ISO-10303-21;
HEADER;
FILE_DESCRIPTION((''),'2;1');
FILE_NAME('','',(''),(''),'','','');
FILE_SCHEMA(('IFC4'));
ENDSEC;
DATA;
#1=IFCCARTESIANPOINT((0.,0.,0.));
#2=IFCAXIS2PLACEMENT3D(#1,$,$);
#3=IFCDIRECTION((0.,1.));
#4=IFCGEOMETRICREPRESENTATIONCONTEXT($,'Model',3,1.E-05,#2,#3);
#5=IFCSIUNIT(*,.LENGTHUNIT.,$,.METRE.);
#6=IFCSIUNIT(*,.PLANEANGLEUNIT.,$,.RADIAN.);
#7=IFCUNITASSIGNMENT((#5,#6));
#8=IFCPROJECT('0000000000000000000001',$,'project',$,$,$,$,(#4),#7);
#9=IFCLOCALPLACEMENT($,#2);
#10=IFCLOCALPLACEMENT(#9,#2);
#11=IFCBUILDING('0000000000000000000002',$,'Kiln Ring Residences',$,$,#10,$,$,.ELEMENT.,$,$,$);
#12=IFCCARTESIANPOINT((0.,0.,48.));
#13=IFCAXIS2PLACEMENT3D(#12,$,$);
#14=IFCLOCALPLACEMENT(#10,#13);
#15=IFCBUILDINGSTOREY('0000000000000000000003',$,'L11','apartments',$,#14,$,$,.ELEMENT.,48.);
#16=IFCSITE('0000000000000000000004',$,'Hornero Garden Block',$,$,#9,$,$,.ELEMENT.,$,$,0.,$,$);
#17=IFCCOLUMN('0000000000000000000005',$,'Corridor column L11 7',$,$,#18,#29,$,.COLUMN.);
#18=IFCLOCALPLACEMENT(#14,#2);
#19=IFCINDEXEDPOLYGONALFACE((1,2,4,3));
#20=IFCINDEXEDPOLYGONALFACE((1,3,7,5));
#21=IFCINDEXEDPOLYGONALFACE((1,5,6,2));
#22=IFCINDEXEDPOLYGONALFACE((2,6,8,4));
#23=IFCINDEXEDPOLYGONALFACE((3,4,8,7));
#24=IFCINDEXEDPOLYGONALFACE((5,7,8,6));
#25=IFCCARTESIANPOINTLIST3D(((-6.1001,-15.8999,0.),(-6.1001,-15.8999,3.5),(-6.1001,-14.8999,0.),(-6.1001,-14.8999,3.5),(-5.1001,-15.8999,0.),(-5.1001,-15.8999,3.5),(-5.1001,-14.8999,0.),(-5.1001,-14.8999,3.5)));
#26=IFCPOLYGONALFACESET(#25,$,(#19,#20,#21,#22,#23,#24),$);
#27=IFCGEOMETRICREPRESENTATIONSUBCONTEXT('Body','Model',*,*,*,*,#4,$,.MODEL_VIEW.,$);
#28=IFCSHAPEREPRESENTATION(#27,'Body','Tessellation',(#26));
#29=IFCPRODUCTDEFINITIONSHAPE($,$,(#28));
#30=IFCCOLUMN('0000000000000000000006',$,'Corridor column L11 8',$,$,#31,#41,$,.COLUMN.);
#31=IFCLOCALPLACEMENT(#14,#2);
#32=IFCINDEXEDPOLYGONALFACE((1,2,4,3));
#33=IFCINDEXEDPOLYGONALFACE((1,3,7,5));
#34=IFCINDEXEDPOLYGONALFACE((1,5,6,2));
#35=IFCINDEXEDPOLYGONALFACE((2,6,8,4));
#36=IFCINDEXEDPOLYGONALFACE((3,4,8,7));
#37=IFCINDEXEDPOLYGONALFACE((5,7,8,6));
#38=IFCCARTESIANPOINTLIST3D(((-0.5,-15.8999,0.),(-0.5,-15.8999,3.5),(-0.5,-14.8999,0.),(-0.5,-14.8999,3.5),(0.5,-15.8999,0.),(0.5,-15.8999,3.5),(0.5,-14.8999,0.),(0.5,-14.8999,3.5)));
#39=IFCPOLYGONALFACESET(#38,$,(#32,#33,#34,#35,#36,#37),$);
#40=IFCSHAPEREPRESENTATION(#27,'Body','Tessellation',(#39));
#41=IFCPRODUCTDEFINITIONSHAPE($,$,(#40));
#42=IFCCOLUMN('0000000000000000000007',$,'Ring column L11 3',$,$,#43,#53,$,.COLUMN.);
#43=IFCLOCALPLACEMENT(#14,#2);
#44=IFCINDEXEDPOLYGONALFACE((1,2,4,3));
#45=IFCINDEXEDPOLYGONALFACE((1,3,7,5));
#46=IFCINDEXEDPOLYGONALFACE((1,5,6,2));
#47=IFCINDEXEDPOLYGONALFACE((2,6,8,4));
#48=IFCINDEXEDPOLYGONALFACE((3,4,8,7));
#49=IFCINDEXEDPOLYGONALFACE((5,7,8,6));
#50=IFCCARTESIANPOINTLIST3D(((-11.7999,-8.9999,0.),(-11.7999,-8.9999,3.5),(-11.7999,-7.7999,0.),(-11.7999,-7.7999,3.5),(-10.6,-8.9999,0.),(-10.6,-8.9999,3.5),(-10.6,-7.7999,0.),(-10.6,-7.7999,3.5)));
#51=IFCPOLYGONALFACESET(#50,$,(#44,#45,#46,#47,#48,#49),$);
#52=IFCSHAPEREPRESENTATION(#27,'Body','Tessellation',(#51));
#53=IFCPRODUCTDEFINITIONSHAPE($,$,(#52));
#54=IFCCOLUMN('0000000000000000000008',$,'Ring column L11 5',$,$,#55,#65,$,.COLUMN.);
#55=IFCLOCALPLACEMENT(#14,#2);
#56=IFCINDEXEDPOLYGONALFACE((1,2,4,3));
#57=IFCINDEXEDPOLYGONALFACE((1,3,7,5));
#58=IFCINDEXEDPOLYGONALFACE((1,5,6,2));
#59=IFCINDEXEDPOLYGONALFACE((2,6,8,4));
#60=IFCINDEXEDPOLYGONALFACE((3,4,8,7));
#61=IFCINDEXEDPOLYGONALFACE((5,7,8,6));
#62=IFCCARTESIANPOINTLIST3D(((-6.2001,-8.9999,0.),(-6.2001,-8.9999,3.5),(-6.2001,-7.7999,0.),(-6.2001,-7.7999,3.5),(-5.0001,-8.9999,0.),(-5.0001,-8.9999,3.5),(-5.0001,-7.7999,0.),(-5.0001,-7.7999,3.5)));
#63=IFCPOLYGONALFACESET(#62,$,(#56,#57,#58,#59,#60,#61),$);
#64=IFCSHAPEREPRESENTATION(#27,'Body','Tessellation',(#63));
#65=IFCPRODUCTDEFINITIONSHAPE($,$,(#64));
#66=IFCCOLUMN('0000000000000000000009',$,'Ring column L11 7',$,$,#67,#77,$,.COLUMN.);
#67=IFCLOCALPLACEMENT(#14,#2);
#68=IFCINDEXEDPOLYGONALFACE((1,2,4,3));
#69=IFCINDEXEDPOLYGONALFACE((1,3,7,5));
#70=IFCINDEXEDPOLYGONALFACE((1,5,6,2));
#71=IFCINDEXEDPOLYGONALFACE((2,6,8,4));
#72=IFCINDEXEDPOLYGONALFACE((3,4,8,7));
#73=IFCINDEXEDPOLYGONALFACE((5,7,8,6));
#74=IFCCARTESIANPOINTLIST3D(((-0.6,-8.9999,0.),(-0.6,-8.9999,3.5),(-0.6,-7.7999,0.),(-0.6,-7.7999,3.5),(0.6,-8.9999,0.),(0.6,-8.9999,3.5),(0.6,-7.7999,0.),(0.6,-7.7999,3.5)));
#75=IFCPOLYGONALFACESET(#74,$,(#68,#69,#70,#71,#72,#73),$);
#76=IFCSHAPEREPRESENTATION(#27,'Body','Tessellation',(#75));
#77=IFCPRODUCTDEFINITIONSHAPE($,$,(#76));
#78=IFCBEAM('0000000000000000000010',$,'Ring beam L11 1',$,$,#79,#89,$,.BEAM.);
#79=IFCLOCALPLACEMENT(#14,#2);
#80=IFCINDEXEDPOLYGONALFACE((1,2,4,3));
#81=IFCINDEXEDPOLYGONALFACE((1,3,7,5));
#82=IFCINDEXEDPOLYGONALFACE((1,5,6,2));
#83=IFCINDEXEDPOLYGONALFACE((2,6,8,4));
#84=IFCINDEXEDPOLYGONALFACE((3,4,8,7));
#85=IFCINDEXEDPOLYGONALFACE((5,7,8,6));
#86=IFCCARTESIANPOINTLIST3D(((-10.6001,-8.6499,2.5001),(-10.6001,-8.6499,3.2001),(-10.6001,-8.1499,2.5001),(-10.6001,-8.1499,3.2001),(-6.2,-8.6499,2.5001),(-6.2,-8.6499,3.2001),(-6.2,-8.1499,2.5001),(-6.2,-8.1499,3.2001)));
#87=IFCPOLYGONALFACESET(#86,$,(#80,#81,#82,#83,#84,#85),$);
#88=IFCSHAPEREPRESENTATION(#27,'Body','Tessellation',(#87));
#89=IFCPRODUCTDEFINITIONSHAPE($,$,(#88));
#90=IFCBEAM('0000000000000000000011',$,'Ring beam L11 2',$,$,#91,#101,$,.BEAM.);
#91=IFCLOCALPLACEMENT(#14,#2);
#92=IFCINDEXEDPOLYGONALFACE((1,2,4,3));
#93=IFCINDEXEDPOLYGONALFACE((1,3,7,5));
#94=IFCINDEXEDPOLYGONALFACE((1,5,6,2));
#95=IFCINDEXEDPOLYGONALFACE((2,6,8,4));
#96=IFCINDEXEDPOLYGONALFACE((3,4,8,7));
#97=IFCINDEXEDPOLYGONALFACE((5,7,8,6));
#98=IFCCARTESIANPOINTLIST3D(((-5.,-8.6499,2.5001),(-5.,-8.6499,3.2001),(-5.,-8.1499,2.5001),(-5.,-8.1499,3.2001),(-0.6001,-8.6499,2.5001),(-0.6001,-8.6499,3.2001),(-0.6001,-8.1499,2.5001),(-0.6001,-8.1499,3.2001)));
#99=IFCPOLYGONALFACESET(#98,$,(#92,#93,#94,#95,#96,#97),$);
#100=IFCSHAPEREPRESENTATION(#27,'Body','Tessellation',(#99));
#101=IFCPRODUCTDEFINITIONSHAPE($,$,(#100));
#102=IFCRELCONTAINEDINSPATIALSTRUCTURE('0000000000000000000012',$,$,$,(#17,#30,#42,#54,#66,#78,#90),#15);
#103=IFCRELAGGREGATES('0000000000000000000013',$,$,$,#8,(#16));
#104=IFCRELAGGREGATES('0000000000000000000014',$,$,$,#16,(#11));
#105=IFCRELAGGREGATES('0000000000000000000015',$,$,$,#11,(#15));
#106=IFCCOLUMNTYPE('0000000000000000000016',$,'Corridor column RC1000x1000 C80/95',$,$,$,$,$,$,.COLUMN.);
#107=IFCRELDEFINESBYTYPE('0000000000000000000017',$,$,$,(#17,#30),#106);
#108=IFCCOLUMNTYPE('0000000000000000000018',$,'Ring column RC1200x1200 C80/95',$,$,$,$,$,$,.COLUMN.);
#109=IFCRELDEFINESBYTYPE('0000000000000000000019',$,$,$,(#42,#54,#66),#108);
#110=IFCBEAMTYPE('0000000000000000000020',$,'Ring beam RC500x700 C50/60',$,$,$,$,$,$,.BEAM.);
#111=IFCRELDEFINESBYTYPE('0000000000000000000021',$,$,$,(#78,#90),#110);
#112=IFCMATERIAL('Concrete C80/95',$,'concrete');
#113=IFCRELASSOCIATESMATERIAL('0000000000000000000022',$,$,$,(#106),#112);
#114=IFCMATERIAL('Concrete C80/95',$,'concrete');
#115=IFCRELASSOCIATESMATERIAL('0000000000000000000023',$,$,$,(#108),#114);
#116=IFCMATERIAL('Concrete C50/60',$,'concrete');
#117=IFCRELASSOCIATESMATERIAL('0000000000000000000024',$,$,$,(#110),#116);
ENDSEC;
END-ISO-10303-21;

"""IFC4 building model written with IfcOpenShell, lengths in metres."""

from ifc_helpers import new_model, si_unit, direction, frame, origin, origin_2d, place, context, subcontext, project, spatial, rectangle, extrude, material, material_profile, profile_set, type_object, element, save


model = new_model("IFC4")

# Units and contexts
model_context = context("Model", 3, precision=1e-05, world=origin(), true_north=direction((0.0, 1.0)))
body_context = subcontext(model_context, "Body", "Model", "MODEL_VIEW")
ifc_project = project(units=[si_unit("LENGTHUNIT", "METRE"), si_unit("PLANEANGLEUNIT", "RADIAN")], contexts=[model_context])

# Site, building, storey
site_placement = place(None, origin())
site = spatial("IfcSite", under=ifc_project, at=site_placement, Name="Hornero Garden Block", CompositionType="ELEMENT", RefElevation=0.0)
building_placement = place(site_placement, origin())
building = spatial("IfcBuilding", under=site, at=building_placement, Name="Kiln Ring Residences", CompositionType="ELEMENT")
storey_placement = place(building_placement, frame((0.0, 0.0, 48.0)))
storey = spatial("IfcBuildingStorey", under=building, at=storey_placement, Name="L11", Description="apartments", CompositionType="ELEMENT", Elevation=48.0)

# Columns
ifc_material_1 = material(Name="Concrete C80/95", Category="concrete")
ifc_material_profile_1 = material_profile(ifc_material_1, rectangle(XDim=1.0, YDim=1.0, at=origin_2d()), Name="RC1000x1000")
ifc_profile_set_1 = profile_set([ifc_material_profile_1], Name="Concrete C80/95")
column_type_1 = type_object("IfcColumnType", Name="Corridor column RC1000x1000 C80/95", PredefinedType="COLUMN", material=ifc_profile_set_1)
for number, where, z_axis, x_axis, name in (
    (1, (-5.6001, -15.3999, 0.0), (0.0, 0.0, 1.0), (1.0, 0.0, 0.0), "Corridor column L11 7"),
    (2, (0.0, -15.3999, 0.0), (0.0, 0.0, 1.0), (1.0, 0.0, 0.0), "Corridor column L11 8"),
):
    element("IfcColumn", number, at=place(storey_placement, frame(where, z_axis=z_axis, x_axis=x_axis)), inside=storey, type_object=column_type_1, Name=name, PredefinedType="COLUMN", context=body_context, shape_type="SweptSolid", body=[
        extrude(rectangle(XDim=1.0, YDim=1.0, at=origin_2d()), origin(), (0.0, 0.0, 1.0), 3.5),
    ])
ifc_material_2 = material(Name="Concrete C80/95", Category="concrete")
ifc_material_profile_2 = material_profile(ifc_material_2, rectangle(XDim=1.2, YDim=1.2, at=origin_2d()), Name="RC1200x1200")
ifc_profile_set_2 = profile_set([ifc_material_profile_2], Name="Concrete C80/95")
column_type_2 = type_object("IfcColumnType", Name="Ring column RC1200x1200 C80/95", PredefinedType="COLUMN", material=ifc_profile_set_2)
for number, where, z_axis, x_axis, name in (
    (3, (-11.2, -8.3999, 0.0), (0.0, 0.0, 1.0), (1.0, 0.0, 0.0), "Ring column L11 3"),
    (4, (-5.6001, -8.3999, 0.0), (0.0, 0.0, 1.0), (1.0, 0.0, 0.0), "Ring column L11 5"),
    (5, (0.0, -8.3999, 0.0), (0.0, 0.0, 1.0), (1.0, 0.0, 0.0), "Ring column L11 7"),
):
    element("IfcColumn", number, at=place(storey_placement, frame(where, z_axis=z_axis, x_axis=x_axis)), inside=storey, type_object=column_type_2, Name=name, PredefinedType="COLUMN", context=body_context, shape_type="SweptSolid", body=[
        extrude(rectangle(XDim=1.2, YDim=1.2, at=origin_2d()), origin(), (0.0, 0.0, 1.0), 3.5),
    ])

# Beams
ifc_material_3 = material(Name="Concrete C50/60", Category="concrete")
ifc_material_profile_3 = material_profile(ifc_material_3, rectangle(XDim=0.5, YDim=0.7, at=origin_2d()), Name="RC500x700")
ifc_profile_set_3 = profile_set([ifc_material_profile_3], Name="Concrete C50/60")
beam_type = type_object("IfcBeamType", Name="Ring beam RC500x700 C50/60", PredefinedType="BEAM", material=ifc_profile_set_3)
beam_1_placement = place(storey_placement, frame((-10.6001, -8.3999, 2.8501), z_axis=(1.0, 0.0, 0.0), x_axis=(0.0, 1.0, 0.0)))
element("IfcBeam", 6, at=beam_1_placement, inside=storey, type_object=beam_type, Name="Ring beam L11 1", PredefinedType="BEAM", context=body_context, shape_type="SweptSolid", body=[
    extrude(rectangle(XDim=0.5, YDim=0.7, at=origin_2d()), origin(), (0.0, 0.0, 1.0), 4.4001),
])
beam_2_placement = place(storey_placement, frame((-5.0, -8.3999, 2.8501), z_axis=(1.0, 0.0, 0.0), x_axis=(0.0, 1.0, 0.0)))
element("IfcBeam", 7, at=beam_2_placement, inside=storey, type_object=beam_type, Name="Ring beam L11 2", PredefinedType="BEAM", context=body_context, shape_type="SweptSolid", body=[
    extrude(rectangle(XDim=0.5, YDim=0.7, at=origin_2d()), origin(), (0.0, 0.0, 1.0), 4.3999),
])

save(model, "model.ifc")
